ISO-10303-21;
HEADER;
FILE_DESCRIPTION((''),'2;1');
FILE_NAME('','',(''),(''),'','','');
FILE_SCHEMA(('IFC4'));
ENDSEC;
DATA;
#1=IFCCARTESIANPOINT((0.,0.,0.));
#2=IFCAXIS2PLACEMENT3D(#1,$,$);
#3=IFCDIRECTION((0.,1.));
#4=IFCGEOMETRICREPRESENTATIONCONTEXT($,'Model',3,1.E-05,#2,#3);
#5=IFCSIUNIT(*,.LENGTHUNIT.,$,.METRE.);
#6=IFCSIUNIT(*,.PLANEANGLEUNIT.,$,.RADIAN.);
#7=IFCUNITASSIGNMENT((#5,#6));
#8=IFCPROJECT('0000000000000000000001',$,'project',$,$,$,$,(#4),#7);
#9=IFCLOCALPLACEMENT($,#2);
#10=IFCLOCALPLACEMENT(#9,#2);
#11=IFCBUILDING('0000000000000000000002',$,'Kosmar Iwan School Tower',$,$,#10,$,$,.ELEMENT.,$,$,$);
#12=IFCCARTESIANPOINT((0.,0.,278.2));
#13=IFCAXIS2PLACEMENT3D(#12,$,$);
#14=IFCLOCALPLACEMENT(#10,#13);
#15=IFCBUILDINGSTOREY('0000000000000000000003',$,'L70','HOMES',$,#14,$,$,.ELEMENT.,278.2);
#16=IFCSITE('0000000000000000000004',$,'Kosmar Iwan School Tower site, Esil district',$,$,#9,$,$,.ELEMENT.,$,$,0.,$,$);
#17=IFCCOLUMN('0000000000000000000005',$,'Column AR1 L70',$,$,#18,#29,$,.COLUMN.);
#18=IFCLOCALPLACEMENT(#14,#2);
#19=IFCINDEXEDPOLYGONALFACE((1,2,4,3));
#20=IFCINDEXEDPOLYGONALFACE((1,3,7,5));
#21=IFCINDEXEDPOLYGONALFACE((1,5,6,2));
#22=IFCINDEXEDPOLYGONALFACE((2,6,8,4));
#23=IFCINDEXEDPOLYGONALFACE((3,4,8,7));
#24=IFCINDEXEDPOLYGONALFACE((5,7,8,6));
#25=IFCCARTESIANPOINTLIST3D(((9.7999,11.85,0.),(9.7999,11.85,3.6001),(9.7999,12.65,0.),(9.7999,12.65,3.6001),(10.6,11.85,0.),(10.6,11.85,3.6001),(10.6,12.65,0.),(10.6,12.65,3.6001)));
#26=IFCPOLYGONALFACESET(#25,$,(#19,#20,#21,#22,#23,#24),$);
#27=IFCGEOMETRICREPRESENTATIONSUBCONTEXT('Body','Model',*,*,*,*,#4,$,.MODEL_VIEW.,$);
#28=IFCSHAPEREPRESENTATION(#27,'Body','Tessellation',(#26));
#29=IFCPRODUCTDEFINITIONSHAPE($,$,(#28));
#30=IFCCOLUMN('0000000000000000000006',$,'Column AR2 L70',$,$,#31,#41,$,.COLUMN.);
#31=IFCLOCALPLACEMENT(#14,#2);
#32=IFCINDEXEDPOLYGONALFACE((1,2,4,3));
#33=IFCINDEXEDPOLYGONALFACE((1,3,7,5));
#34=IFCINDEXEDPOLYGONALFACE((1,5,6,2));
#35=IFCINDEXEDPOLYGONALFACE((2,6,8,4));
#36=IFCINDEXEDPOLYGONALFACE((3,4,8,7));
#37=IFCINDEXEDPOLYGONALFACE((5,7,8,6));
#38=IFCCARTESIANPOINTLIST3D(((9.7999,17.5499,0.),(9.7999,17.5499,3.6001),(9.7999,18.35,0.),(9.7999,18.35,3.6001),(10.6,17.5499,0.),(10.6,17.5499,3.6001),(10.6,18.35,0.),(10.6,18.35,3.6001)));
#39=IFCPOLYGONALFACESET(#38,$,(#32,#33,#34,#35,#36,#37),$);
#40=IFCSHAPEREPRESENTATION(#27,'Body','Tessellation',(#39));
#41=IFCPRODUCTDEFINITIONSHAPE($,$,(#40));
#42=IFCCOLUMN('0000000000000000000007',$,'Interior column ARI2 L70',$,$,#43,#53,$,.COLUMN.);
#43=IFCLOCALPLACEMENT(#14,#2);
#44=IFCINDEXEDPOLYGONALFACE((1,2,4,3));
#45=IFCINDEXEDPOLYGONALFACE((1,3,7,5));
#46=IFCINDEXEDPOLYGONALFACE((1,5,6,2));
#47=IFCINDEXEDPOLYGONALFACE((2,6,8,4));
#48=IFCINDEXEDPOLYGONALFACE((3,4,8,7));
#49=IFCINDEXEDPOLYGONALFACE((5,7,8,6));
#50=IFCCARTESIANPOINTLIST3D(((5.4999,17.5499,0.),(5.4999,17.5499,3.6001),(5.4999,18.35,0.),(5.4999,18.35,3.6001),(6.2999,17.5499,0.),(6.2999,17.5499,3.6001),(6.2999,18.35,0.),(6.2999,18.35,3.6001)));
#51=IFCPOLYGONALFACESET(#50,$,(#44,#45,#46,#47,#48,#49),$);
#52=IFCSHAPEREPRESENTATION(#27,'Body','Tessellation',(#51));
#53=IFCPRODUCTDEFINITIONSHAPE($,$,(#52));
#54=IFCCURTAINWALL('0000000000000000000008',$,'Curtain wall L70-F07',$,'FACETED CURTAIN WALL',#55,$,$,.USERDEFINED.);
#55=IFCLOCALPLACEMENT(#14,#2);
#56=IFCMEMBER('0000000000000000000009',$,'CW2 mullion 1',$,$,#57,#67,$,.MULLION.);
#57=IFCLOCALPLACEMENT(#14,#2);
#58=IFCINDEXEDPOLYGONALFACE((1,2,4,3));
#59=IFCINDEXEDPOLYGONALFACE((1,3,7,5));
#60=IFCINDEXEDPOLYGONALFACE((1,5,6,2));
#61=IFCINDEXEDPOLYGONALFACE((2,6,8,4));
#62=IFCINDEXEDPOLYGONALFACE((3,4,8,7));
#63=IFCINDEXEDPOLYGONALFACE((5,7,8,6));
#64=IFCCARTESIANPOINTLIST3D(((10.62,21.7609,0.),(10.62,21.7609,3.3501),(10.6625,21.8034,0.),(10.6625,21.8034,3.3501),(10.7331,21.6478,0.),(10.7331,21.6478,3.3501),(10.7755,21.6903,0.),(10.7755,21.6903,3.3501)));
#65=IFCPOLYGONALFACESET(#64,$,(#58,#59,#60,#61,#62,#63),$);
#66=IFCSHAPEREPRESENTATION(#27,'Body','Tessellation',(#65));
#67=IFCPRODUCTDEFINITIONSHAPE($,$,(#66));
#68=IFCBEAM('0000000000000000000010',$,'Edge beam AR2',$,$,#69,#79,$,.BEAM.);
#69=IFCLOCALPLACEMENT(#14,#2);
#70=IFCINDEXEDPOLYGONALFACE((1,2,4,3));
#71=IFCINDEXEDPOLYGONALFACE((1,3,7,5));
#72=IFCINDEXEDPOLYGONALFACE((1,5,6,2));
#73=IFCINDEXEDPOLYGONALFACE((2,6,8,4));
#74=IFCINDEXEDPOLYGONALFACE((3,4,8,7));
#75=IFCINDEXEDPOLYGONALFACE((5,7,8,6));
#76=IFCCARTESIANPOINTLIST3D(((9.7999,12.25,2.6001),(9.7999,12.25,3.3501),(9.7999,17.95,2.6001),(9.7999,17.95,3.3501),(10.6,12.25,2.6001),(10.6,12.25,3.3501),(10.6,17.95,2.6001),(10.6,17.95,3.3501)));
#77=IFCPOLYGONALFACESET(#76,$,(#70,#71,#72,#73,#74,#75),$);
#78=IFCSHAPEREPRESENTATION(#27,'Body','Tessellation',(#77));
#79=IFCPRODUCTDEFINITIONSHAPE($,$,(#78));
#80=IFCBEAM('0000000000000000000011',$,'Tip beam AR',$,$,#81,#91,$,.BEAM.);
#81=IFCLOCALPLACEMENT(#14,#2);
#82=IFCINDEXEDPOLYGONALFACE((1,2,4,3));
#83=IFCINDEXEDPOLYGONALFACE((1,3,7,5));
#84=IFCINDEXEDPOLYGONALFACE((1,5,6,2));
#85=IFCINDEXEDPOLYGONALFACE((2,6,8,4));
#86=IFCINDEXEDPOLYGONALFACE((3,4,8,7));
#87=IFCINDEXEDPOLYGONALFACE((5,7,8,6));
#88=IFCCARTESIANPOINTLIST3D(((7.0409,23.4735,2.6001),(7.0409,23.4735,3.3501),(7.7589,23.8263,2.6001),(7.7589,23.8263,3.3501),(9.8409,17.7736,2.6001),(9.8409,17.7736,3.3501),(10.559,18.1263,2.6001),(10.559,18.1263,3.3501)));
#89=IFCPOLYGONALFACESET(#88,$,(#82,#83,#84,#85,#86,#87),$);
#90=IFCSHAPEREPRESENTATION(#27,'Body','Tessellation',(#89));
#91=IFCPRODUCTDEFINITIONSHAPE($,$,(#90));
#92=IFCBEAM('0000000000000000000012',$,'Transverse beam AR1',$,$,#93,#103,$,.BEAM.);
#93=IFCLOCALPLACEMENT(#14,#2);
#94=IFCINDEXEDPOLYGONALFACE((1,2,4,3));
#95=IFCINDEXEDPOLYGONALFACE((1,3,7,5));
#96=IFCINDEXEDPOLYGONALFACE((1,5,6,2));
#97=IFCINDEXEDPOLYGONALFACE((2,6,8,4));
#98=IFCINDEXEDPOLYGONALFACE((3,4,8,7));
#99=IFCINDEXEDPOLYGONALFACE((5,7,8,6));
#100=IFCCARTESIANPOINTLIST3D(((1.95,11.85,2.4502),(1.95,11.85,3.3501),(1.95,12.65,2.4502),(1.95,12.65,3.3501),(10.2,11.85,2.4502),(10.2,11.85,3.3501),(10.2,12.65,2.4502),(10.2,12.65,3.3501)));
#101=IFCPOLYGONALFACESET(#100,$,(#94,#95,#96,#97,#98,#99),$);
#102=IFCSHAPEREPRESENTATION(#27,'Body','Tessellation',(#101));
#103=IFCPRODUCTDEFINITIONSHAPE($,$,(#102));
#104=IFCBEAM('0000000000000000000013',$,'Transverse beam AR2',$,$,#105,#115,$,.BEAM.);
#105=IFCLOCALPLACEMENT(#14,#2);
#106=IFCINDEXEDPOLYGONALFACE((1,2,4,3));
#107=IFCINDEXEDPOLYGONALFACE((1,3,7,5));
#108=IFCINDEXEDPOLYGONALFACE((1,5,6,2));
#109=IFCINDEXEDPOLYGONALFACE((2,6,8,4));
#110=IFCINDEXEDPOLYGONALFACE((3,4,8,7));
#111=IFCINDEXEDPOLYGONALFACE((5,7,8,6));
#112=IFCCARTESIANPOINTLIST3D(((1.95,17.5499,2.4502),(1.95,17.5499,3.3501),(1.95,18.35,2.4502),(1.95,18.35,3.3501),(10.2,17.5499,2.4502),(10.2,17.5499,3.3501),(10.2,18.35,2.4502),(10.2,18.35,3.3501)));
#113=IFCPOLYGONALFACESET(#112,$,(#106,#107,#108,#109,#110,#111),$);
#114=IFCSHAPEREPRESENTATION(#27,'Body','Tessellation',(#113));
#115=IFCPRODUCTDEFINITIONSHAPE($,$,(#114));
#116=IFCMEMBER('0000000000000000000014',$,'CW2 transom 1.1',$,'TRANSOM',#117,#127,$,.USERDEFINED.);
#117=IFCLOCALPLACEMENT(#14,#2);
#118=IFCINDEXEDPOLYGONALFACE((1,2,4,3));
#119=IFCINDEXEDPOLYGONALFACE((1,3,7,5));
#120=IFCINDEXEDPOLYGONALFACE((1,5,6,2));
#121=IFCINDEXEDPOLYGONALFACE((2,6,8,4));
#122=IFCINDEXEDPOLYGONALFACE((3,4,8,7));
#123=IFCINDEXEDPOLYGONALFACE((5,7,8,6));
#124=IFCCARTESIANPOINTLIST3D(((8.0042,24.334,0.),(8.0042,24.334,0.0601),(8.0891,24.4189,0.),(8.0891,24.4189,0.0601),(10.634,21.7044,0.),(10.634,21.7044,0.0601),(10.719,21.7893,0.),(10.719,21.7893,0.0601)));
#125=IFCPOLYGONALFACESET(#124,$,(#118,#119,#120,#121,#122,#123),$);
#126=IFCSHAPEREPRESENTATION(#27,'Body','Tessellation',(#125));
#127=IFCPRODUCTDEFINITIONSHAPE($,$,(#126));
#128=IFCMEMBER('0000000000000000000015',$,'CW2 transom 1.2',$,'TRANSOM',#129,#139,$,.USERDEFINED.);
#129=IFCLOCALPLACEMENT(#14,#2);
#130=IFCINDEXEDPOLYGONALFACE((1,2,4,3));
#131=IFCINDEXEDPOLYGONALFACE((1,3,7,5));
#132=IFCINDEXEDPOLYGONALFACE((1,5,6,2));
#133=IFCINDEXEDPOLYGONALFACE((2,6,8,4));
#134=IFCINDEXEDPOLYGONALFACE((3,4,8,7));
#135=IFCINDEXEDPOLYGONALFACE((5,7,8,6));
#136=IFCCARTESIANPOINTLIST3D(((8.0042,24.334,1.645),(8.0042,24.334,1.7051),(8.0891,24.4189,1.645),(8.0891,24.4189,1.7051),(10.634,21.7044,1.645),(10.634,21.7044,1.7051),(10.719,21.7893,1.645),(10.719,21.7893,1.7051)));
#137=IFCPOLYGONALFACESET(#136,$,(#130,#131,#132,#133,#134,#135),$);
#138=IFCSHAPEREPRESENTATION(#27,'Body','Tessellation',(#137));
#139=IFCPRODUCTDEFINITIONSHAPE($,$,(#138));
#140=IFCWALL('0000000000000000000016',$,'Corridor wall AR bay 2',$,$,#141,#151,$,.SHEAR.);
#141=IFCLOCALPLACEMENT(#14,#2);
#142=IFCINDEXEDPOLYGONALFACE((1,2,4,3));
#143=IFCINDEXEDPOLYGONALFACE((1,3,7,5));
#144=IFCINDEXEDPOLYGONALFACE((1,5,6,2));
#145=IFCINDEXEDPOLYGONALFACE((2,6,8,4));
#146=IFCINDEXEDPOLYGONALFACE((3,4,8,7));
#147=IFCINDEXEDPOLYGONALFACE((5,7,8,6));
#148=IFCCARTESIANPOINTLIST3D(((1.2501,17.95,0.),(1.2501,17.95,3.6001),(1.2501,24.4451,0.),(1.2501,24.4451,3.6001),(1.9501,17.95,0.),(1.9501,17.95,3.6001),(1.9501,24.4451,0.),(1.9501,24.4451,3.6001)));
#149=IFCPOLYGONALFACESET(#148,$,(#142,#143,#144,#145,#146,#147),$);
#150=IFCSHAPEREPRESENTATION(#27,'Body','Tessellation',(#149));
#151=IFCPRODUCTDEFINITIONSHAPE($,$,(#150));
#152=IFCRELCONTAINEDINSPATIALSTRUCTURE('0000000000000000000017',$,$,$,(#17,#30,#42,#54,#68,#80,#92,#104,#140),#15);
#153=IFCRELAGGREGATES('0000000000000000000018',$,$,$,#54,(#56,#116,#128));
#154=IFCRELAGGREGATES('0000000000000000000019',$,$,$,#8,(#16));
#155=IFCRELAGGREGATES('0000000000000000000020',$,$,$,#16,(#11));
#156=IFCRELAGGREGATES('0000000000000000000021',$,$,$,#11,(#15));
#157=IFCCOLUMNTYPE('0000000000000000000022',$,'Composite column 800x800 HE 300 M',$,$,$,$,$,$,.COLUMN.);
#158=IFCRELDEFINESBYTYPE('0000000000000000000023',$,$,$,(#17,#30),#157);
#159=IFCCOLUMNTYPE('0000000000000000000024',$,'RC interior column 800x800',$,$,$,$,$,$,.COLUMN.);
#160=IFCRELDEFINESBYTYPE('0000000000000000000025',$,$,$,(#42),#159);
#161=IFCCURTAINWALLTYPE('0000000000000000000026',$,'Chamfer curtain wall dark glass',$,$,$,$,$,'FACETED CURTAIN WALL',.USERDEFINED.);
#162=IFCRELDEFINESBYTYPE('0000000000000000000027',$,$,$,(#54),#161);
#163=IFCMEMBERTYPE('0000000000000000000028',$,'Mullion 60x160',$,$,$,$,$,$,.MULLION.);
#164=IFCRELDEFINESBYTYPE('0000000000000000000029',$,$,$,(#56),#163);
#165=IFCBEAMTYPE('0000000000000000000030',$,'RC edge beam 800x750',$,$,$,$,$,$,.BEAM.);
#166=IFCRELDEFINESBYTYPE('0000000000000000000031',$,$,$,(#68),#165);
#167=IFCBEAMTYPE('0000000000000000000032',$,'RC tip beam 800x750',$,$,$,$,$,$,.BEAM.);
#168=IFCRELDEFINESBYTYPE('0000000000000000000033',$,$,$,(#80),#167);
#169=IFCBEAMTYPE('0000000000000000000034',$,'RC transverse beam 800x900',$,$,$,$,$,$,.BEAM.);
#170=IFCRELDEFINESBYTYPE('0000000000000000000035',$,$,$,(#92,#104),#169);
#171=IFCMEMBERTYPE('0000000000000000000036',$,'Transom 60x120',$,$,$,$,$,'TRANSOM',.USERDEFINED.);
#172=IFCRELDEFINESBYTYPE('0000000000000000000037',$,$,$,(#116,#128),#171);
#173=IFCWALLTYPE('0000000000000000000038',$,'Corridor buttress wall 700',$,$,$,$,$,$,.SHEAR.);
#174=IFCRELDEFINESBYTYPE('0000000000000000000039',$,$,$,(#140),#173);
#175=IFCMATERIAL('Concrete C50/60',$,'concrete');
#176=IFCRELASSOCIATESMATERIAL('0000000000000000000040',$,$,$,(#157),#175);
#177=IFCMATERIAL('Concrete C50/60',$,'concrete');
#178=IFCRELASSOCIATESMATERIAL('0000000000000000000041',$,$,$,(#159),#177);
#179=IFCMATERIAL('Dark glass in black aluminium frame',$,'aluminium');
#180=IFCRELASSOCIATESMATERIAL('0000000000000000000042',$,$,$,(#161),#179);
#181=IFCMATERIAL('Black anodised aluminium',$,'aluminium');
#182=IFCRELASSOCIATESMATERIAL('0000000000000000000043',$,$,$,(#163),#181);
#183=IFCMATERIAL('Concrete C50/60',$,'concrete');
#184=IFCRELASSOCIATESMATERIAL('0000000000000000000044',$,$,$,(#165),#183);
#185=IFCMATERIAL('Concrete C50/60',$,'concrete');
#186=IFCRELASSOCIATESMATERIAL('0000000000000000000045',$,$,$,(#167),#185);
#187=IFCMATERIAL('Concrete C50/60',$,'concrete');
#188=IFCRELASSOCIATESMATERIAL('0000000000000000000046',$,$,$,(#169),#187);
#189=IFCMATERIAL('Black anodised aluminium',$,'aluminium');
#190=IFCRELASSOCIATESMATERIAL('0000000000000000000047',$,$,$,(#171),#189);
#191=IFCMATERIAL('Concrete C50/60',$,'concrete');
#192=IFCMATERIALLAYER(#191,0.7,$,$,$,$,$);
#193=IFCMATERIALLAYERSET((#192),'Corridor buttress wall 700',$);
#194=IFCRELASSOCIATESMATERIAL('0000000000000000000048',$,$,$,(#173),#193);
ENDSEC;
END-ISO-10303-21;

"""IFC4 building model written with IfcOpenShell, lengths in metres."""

from ifc_helpers import new_model, si_unit, direction, frame, frame_2d, origin, origin_2d, place, context, subcontext, project, spatial, rectangle, extrude, material, layer, layer_set, material_profile, profile_set, type_object, element, aggregate, save


model = new_model("IFC4")

# Units and contexts
model_context = context("Model", 3, precision=1e-05, world=origin(), true_north=direction((0.0, 1.0)))
body_context = subcontext(model_context, "Body", "Model", "MODEL_VIEW")
ifc_project = project(units=[si_unit("LENGTHUNIT", "METRE"), si_unit("PLANEANGLEUNIT", "RADIAN")], contexts=[model_context])

# Site, building, storey
site_placement = place(None, origin())
site = spatial("IfcSite", under=ifc_project, at=site_placement, Name="Kosmar Iwan School Tower site, Esil district", CompositionType="ELEMENT", RefElevation=0.0)
building_placement = place(site_placement, origin())
building = spatial("IfcBuilding", under=site, at=building_placement, Name="Kosmar Iwan School Tower", CompositionType="ELEMENT")
storey_placement = place(building_placement, frame((0.0, 0.0, 278.2)))
storey = spatial("IfcBuildingStorey", under=building, at=storey_placement, Name="L70", Description="HOMES", CompositionType="ELEMENT", Elevation=278.2)

# Columns
ifc_material_1 = material(Name="Concrete C50/60", Category="concrete")
ifc_material_profile_1 = material_profile(ifc_material_1, rectangle(XDim=0.8, YDim=0.8, at=origin_2d()), Name="RC 800x800 + HE 300 M")
ifc_profile_set_1 = profile_set([ifc_material_profile_1], Name="Concrete C50/60")
column_type_1 = type_object("IfcColumnType", Name="Composite column 800x800 HE 300 M", PredefinedType="COLUMN", material=ifc_profile_set_1)
for number, where, z_axis, x_axis, name in (
    (1, (10.2, 12.25, 0.0), (0.0, 0.0, 1.0), (0.0, 1.0, 0.0), "Column AR1 L70"),
    (2, (10.2, 17.95, 0.0), (0.0, 0.0, 1.0), (0.0, 1.0, 0.0), "Column AR2 L70"),
):
    element("IfcColumn", number, at=place(storey_placement, frame(where, z_axis=z_axis, x_axis=x_axis)), inside=storey, type_object=column_type_1, Name=name, PredefinedType="COLUMN", context=body_context, shape_type="SweptSolid", body=[
        extrude(rectangle(XDim=0.8, YDim=0.8, at=origin_2d()), origin(), (0.0, 0.0, 1.0), 3.6001),
    ])
ifc_material_2 = material(Name="Concrete C50/60", Category="concrete")
ifc_material_profile_2 = material_profile(ifc_material_2, rectangle(XDim=0.8, YDim=0.8, at=origin_2d()), Name="RC 800x800")
ifc_profile_set_2 = profile_set([ifc_material_profile_2], Name="Concrete C50/60")
column_type_2 = type_object("IfcColumnType", Name="RC interior column 800x800", PredefinedType="COLUMN", material=ifc_profile_set_2)
column_placement = place(storey_placement, frame((5.8999, 17.95, 0.0), z_axis=(0.0, 0.0, 1.0), x_axis=(0.0, 1.0, 0.0)))
element("IfcColumn", 3, at=column_placement, inside=storey, type_object=column_type_2, Name="Interior column ARI2 L70", PredefinedType="COLUMN", context=body_context, shape_type="SweptSolid", body=[
    extrude(rectangle(XDim=0.8, YDim=0.8, at=origin_2d()), origin(), (0.0, 0.0, 1.0), 3.6001),
])

# Curtain wall, member
ifc_material_3 = material(Name="Dark glass in black aluminium frame", Category="aluminium")
curtain_wall_type = type_object("IfcCurtainWallType", Name="Chamfer curtain wall dark glass", ElementType="FACETED CURTAIN WALL", PredefinedType="USERDEFINED", material=ifc_material_3)
curtain_wall_placement = place(storey_placement, origin())
curtain_wall = element("IfcCurtainWall", 4, at=curtain_wall_placement, inside=storey, type_object=curtain_wall_type, Name="Curtain wall L70-F07", ObjectType="FACETED CURTAIN WALL", PredefinedType="USERDEFINED")
ifc_material_4 = material(Name="Black anodised aluminium", Category="aluminium")
ifc_material_profile_3 = material_profile(ifc_material_4, rectangle(XDim=0.0601, YDim=0.1599, at=origin_2d()), Name="MULLION 60x160")
ifc_profile_set_3 = profile_set([ifc_material_profile_3], Name="Black anodised aluminium")
member_type_1 = type_object("IfcMemberType", Name="Mullion 60x160", PredefinedType="MULLION", material=ifc_profile_set_3)
member_1_placement = place(storey_placement, frame((10.6978, 21.7256, 0.0), z_axis=(0.0, 0.0, 1.0), x_axis=(-0.707107, -0.707107, 0.0)))
member_1 = element("IfcMember", 5, at=member_1_placement, type_object=member_type_1, Name="CW2 mullion 1", PredefinedType="MULLION", context=body_context, shape_type="SweptSolid", body=[
    extrude(rectangle(XDim=0.0601, YDim=0.1599, at=origin_2d()), origin(), (0.0, 0.0, 1.0), 3.3501),
])

# Beams
ifc_material_5 = material(Name="Concrete C50/60", Category="concrete")
ifc_material_profile_4 = material_profile(ifc_material_5, rectangle(XDim=0.8, YDim=0.75, at=origin_2d()), Name="RC 800x750")
ifc_profile_set_4 = profile_set([ifc_material_profile_4], Name="Concrete C50/60")
beam_type_1 = type_object("IfcBeamType", Name="RC edge beam 800x750", PredefinedType="BEAM", material=ifc_profile_set_4)
beam_1_placement = place(storey_placement, frame((10.2, 12.25, 2.9751), z_axis=(0.0, 1.0, 0.0), x_axis=(-1.0, 0.0, 0.0)))
element("IfcBeam", 6, at=beam_1_placement, inside=storey, type_object=beam_type_1, Name="Edge beam AR2", PredefinedType="BEAM", context=body_context, shape_type="SweptSolid", body=[
    extrude(rectangle(XDim=0.8, YDim=0.75, at=origin_2d()), origin(), (0.0, 0.0, 1.0), 5.7),
])
ifc_material_6 = material(Name="Concrete C50/60", Category="concrete")
ifc_material_profile_5 = material_profile(ifc_material_6, rectangle(XDim=0.8, YDim=0.75, at=origin_2d()), Name="RC 800x750")
ifc_profile_set_5 = profile_set([ifc_material_profile_5], Name="Concrete C50/60")
beam_type_2 = type_object("IfcBeamType", Name="RC tip beam 800x750", PredefinedType="BEAM", material=ifc_profile_set_5)
beam_2_placement = place(storey_placement, frame((10.2, 17.95, 2.9751), z_axis=(-0.440913, 0.89755, 0.0), x_axis=(-0.89755, -0.440913, 0.0)))
element("IfcBeam", 7, at=beam_2_placement, inside=storey, type_object=beam_type_2, Name="Tip beam AR", PredefinedType="BEAM", context=body_context, shape_type="SweptSolid", body=[
    extrude(rectangle(XDim=0.8, YDim=0.75, at=origin_2d()), origin(), (0.0, 0.0, 1.0), 6.3506),
])
ifc_material_7 = material(Name="Concrete C50/60", Category="concrete")
ifc_material_profile_6 = material_profile(ifc_material_7, rectangle(XDim=0.8, YDim=0.8999, at=origin_2d()), Name="RC 800x900")
ifc_profile_set_6 = profile_set([ifc_material_profile_6], Name="Concrete C50/60")
beam_type_3 = type_object("IfcBeamType", Name="RC transverse beam 800x900", PredefinedType="BEAM", material=ifc_profile_set_6)
for number, where, z_axis, x_axis, name in (
    (8, (10.2, 12.25, 2.9001), (-1.0, 0.0, 0.0), (0.0, -1.0, 0.0), "Transverse beam AR1"),
    (9, (10.2, 17.95, 2.9001), (-1.0, 0.0, 0.0), (0.0, -1.0, 0.0), "Transverse beam AR2"),
):
    element("IfcBeam", number, at=place(storey_placement, frame(where, z_axis=z_axis, x_axis=x_axis)), inside=storey, type_object=beam_type_3, Name=name, PredefinedType="BEAM", context=body_context, shape_type="SweptSolid", body=[
        extrude(rectangle(XDim=0.8, YDim=0.8999, at=origin_2d()), origin(), (0.0, 0.0, 1.0), 8.25),
    ])

# Members
ifc_material_8 = material(Name="Black anodised aluminium", Category="aluminium")
ifc_material_profile_7 = material_profile(ifc_material_8, rectangle(XDim=0.1201, YDim=0.0601, at=origin_2d()), Name="TRANSOM 60x120")
ifc_profile_set_7 = profile_set([ifc_material_profile_7], Name="Black anodised aluminium")
member_type_2 = type_object("IfcMemberType", Name="Transom 60x120", ElementType="TRANSOM", PredefinedType="USERDEFINED", material=ifc_profile_set_7)
member_2_placement = place(storey_placement, frame((10.6765, 21.7468, 0.03), z_axis=(-0.70714, 0.707074, 0.0), x_axis=(-0.707074, -0.70714, 0.0)))
member_2 = element("IfcMember", 10, at=member_2_placement, type_object=member_type_2, Name="CW2 transom 1.1", ObjectType="TRANSOM", PredefinedType="USERDEFINED", context=body_context, shape_type="SweptSolid", body=[
    extrude(rectangle(XDim=0.1201, YDim=0.0601, at=origin_2d()), origin(), (0.0, 0.0, 1.0), 3.719),
])
member_3_placement = place(storey_placement, frame((10.6765, 21.7468, 1.675), z_axis=(-0.70714, 0.707074, 0.0), x_axis=(-0.707074, -0.70714, 0.0)))
member_3 = element("IfcMember", 11, at=member_3_placement, type_object=member_type_2, Name="CW2 transom 1.2", ObjectType="TRANSOM", PredefinedType="USERDEFINED", context=body_context, shape_type="SweptSolid", body=[
    extrude(rectangle(XDim=0.1201, YDim=0.0601, at=origin_2d()), origin(), (0.0, 0.0, 1.0), 3.719),
])
aggregate(curtain_wall, [member_1, member_2, member_3])

# Wall
ifc_material_9 = material(Name="Concrete C50/60", Category="concrete")
ifc_layer_1 = layer(ifc_material_9, 0.7)
ifc_layer_set_1 = layer_set([ifc_layer_1], Name="Corridor buttress wall 700")
wall_type_1 = type_object("IfcWallType", Name="Corridor buttress wall 700", PredefinedType="SHEAR", material=ifc_layer_set_1)
wall_1_placement = place(storey_placement, frame((1.6001, 17.95, 0.0), z_axis=(0.0, 0.0, 1.0), x_axis=(0.0, 1.0, 0.0)))
element("IfcWall", 12, at=wall_1_placement, inside=storey, type_object=wall_type_1, Name="Corridor wall AR bay 2", PredefinedType="SHEAR", context=body_context, shape_type="SweptSolid", body=[
    extrude(rectangle(XDim=6.4951, YDim=0.7, at=frame_2d((3.2476, 0.0))), origin(), (0.0, 0.0, 1.0), 3.6001),
])

save(model, "model.ifc")
